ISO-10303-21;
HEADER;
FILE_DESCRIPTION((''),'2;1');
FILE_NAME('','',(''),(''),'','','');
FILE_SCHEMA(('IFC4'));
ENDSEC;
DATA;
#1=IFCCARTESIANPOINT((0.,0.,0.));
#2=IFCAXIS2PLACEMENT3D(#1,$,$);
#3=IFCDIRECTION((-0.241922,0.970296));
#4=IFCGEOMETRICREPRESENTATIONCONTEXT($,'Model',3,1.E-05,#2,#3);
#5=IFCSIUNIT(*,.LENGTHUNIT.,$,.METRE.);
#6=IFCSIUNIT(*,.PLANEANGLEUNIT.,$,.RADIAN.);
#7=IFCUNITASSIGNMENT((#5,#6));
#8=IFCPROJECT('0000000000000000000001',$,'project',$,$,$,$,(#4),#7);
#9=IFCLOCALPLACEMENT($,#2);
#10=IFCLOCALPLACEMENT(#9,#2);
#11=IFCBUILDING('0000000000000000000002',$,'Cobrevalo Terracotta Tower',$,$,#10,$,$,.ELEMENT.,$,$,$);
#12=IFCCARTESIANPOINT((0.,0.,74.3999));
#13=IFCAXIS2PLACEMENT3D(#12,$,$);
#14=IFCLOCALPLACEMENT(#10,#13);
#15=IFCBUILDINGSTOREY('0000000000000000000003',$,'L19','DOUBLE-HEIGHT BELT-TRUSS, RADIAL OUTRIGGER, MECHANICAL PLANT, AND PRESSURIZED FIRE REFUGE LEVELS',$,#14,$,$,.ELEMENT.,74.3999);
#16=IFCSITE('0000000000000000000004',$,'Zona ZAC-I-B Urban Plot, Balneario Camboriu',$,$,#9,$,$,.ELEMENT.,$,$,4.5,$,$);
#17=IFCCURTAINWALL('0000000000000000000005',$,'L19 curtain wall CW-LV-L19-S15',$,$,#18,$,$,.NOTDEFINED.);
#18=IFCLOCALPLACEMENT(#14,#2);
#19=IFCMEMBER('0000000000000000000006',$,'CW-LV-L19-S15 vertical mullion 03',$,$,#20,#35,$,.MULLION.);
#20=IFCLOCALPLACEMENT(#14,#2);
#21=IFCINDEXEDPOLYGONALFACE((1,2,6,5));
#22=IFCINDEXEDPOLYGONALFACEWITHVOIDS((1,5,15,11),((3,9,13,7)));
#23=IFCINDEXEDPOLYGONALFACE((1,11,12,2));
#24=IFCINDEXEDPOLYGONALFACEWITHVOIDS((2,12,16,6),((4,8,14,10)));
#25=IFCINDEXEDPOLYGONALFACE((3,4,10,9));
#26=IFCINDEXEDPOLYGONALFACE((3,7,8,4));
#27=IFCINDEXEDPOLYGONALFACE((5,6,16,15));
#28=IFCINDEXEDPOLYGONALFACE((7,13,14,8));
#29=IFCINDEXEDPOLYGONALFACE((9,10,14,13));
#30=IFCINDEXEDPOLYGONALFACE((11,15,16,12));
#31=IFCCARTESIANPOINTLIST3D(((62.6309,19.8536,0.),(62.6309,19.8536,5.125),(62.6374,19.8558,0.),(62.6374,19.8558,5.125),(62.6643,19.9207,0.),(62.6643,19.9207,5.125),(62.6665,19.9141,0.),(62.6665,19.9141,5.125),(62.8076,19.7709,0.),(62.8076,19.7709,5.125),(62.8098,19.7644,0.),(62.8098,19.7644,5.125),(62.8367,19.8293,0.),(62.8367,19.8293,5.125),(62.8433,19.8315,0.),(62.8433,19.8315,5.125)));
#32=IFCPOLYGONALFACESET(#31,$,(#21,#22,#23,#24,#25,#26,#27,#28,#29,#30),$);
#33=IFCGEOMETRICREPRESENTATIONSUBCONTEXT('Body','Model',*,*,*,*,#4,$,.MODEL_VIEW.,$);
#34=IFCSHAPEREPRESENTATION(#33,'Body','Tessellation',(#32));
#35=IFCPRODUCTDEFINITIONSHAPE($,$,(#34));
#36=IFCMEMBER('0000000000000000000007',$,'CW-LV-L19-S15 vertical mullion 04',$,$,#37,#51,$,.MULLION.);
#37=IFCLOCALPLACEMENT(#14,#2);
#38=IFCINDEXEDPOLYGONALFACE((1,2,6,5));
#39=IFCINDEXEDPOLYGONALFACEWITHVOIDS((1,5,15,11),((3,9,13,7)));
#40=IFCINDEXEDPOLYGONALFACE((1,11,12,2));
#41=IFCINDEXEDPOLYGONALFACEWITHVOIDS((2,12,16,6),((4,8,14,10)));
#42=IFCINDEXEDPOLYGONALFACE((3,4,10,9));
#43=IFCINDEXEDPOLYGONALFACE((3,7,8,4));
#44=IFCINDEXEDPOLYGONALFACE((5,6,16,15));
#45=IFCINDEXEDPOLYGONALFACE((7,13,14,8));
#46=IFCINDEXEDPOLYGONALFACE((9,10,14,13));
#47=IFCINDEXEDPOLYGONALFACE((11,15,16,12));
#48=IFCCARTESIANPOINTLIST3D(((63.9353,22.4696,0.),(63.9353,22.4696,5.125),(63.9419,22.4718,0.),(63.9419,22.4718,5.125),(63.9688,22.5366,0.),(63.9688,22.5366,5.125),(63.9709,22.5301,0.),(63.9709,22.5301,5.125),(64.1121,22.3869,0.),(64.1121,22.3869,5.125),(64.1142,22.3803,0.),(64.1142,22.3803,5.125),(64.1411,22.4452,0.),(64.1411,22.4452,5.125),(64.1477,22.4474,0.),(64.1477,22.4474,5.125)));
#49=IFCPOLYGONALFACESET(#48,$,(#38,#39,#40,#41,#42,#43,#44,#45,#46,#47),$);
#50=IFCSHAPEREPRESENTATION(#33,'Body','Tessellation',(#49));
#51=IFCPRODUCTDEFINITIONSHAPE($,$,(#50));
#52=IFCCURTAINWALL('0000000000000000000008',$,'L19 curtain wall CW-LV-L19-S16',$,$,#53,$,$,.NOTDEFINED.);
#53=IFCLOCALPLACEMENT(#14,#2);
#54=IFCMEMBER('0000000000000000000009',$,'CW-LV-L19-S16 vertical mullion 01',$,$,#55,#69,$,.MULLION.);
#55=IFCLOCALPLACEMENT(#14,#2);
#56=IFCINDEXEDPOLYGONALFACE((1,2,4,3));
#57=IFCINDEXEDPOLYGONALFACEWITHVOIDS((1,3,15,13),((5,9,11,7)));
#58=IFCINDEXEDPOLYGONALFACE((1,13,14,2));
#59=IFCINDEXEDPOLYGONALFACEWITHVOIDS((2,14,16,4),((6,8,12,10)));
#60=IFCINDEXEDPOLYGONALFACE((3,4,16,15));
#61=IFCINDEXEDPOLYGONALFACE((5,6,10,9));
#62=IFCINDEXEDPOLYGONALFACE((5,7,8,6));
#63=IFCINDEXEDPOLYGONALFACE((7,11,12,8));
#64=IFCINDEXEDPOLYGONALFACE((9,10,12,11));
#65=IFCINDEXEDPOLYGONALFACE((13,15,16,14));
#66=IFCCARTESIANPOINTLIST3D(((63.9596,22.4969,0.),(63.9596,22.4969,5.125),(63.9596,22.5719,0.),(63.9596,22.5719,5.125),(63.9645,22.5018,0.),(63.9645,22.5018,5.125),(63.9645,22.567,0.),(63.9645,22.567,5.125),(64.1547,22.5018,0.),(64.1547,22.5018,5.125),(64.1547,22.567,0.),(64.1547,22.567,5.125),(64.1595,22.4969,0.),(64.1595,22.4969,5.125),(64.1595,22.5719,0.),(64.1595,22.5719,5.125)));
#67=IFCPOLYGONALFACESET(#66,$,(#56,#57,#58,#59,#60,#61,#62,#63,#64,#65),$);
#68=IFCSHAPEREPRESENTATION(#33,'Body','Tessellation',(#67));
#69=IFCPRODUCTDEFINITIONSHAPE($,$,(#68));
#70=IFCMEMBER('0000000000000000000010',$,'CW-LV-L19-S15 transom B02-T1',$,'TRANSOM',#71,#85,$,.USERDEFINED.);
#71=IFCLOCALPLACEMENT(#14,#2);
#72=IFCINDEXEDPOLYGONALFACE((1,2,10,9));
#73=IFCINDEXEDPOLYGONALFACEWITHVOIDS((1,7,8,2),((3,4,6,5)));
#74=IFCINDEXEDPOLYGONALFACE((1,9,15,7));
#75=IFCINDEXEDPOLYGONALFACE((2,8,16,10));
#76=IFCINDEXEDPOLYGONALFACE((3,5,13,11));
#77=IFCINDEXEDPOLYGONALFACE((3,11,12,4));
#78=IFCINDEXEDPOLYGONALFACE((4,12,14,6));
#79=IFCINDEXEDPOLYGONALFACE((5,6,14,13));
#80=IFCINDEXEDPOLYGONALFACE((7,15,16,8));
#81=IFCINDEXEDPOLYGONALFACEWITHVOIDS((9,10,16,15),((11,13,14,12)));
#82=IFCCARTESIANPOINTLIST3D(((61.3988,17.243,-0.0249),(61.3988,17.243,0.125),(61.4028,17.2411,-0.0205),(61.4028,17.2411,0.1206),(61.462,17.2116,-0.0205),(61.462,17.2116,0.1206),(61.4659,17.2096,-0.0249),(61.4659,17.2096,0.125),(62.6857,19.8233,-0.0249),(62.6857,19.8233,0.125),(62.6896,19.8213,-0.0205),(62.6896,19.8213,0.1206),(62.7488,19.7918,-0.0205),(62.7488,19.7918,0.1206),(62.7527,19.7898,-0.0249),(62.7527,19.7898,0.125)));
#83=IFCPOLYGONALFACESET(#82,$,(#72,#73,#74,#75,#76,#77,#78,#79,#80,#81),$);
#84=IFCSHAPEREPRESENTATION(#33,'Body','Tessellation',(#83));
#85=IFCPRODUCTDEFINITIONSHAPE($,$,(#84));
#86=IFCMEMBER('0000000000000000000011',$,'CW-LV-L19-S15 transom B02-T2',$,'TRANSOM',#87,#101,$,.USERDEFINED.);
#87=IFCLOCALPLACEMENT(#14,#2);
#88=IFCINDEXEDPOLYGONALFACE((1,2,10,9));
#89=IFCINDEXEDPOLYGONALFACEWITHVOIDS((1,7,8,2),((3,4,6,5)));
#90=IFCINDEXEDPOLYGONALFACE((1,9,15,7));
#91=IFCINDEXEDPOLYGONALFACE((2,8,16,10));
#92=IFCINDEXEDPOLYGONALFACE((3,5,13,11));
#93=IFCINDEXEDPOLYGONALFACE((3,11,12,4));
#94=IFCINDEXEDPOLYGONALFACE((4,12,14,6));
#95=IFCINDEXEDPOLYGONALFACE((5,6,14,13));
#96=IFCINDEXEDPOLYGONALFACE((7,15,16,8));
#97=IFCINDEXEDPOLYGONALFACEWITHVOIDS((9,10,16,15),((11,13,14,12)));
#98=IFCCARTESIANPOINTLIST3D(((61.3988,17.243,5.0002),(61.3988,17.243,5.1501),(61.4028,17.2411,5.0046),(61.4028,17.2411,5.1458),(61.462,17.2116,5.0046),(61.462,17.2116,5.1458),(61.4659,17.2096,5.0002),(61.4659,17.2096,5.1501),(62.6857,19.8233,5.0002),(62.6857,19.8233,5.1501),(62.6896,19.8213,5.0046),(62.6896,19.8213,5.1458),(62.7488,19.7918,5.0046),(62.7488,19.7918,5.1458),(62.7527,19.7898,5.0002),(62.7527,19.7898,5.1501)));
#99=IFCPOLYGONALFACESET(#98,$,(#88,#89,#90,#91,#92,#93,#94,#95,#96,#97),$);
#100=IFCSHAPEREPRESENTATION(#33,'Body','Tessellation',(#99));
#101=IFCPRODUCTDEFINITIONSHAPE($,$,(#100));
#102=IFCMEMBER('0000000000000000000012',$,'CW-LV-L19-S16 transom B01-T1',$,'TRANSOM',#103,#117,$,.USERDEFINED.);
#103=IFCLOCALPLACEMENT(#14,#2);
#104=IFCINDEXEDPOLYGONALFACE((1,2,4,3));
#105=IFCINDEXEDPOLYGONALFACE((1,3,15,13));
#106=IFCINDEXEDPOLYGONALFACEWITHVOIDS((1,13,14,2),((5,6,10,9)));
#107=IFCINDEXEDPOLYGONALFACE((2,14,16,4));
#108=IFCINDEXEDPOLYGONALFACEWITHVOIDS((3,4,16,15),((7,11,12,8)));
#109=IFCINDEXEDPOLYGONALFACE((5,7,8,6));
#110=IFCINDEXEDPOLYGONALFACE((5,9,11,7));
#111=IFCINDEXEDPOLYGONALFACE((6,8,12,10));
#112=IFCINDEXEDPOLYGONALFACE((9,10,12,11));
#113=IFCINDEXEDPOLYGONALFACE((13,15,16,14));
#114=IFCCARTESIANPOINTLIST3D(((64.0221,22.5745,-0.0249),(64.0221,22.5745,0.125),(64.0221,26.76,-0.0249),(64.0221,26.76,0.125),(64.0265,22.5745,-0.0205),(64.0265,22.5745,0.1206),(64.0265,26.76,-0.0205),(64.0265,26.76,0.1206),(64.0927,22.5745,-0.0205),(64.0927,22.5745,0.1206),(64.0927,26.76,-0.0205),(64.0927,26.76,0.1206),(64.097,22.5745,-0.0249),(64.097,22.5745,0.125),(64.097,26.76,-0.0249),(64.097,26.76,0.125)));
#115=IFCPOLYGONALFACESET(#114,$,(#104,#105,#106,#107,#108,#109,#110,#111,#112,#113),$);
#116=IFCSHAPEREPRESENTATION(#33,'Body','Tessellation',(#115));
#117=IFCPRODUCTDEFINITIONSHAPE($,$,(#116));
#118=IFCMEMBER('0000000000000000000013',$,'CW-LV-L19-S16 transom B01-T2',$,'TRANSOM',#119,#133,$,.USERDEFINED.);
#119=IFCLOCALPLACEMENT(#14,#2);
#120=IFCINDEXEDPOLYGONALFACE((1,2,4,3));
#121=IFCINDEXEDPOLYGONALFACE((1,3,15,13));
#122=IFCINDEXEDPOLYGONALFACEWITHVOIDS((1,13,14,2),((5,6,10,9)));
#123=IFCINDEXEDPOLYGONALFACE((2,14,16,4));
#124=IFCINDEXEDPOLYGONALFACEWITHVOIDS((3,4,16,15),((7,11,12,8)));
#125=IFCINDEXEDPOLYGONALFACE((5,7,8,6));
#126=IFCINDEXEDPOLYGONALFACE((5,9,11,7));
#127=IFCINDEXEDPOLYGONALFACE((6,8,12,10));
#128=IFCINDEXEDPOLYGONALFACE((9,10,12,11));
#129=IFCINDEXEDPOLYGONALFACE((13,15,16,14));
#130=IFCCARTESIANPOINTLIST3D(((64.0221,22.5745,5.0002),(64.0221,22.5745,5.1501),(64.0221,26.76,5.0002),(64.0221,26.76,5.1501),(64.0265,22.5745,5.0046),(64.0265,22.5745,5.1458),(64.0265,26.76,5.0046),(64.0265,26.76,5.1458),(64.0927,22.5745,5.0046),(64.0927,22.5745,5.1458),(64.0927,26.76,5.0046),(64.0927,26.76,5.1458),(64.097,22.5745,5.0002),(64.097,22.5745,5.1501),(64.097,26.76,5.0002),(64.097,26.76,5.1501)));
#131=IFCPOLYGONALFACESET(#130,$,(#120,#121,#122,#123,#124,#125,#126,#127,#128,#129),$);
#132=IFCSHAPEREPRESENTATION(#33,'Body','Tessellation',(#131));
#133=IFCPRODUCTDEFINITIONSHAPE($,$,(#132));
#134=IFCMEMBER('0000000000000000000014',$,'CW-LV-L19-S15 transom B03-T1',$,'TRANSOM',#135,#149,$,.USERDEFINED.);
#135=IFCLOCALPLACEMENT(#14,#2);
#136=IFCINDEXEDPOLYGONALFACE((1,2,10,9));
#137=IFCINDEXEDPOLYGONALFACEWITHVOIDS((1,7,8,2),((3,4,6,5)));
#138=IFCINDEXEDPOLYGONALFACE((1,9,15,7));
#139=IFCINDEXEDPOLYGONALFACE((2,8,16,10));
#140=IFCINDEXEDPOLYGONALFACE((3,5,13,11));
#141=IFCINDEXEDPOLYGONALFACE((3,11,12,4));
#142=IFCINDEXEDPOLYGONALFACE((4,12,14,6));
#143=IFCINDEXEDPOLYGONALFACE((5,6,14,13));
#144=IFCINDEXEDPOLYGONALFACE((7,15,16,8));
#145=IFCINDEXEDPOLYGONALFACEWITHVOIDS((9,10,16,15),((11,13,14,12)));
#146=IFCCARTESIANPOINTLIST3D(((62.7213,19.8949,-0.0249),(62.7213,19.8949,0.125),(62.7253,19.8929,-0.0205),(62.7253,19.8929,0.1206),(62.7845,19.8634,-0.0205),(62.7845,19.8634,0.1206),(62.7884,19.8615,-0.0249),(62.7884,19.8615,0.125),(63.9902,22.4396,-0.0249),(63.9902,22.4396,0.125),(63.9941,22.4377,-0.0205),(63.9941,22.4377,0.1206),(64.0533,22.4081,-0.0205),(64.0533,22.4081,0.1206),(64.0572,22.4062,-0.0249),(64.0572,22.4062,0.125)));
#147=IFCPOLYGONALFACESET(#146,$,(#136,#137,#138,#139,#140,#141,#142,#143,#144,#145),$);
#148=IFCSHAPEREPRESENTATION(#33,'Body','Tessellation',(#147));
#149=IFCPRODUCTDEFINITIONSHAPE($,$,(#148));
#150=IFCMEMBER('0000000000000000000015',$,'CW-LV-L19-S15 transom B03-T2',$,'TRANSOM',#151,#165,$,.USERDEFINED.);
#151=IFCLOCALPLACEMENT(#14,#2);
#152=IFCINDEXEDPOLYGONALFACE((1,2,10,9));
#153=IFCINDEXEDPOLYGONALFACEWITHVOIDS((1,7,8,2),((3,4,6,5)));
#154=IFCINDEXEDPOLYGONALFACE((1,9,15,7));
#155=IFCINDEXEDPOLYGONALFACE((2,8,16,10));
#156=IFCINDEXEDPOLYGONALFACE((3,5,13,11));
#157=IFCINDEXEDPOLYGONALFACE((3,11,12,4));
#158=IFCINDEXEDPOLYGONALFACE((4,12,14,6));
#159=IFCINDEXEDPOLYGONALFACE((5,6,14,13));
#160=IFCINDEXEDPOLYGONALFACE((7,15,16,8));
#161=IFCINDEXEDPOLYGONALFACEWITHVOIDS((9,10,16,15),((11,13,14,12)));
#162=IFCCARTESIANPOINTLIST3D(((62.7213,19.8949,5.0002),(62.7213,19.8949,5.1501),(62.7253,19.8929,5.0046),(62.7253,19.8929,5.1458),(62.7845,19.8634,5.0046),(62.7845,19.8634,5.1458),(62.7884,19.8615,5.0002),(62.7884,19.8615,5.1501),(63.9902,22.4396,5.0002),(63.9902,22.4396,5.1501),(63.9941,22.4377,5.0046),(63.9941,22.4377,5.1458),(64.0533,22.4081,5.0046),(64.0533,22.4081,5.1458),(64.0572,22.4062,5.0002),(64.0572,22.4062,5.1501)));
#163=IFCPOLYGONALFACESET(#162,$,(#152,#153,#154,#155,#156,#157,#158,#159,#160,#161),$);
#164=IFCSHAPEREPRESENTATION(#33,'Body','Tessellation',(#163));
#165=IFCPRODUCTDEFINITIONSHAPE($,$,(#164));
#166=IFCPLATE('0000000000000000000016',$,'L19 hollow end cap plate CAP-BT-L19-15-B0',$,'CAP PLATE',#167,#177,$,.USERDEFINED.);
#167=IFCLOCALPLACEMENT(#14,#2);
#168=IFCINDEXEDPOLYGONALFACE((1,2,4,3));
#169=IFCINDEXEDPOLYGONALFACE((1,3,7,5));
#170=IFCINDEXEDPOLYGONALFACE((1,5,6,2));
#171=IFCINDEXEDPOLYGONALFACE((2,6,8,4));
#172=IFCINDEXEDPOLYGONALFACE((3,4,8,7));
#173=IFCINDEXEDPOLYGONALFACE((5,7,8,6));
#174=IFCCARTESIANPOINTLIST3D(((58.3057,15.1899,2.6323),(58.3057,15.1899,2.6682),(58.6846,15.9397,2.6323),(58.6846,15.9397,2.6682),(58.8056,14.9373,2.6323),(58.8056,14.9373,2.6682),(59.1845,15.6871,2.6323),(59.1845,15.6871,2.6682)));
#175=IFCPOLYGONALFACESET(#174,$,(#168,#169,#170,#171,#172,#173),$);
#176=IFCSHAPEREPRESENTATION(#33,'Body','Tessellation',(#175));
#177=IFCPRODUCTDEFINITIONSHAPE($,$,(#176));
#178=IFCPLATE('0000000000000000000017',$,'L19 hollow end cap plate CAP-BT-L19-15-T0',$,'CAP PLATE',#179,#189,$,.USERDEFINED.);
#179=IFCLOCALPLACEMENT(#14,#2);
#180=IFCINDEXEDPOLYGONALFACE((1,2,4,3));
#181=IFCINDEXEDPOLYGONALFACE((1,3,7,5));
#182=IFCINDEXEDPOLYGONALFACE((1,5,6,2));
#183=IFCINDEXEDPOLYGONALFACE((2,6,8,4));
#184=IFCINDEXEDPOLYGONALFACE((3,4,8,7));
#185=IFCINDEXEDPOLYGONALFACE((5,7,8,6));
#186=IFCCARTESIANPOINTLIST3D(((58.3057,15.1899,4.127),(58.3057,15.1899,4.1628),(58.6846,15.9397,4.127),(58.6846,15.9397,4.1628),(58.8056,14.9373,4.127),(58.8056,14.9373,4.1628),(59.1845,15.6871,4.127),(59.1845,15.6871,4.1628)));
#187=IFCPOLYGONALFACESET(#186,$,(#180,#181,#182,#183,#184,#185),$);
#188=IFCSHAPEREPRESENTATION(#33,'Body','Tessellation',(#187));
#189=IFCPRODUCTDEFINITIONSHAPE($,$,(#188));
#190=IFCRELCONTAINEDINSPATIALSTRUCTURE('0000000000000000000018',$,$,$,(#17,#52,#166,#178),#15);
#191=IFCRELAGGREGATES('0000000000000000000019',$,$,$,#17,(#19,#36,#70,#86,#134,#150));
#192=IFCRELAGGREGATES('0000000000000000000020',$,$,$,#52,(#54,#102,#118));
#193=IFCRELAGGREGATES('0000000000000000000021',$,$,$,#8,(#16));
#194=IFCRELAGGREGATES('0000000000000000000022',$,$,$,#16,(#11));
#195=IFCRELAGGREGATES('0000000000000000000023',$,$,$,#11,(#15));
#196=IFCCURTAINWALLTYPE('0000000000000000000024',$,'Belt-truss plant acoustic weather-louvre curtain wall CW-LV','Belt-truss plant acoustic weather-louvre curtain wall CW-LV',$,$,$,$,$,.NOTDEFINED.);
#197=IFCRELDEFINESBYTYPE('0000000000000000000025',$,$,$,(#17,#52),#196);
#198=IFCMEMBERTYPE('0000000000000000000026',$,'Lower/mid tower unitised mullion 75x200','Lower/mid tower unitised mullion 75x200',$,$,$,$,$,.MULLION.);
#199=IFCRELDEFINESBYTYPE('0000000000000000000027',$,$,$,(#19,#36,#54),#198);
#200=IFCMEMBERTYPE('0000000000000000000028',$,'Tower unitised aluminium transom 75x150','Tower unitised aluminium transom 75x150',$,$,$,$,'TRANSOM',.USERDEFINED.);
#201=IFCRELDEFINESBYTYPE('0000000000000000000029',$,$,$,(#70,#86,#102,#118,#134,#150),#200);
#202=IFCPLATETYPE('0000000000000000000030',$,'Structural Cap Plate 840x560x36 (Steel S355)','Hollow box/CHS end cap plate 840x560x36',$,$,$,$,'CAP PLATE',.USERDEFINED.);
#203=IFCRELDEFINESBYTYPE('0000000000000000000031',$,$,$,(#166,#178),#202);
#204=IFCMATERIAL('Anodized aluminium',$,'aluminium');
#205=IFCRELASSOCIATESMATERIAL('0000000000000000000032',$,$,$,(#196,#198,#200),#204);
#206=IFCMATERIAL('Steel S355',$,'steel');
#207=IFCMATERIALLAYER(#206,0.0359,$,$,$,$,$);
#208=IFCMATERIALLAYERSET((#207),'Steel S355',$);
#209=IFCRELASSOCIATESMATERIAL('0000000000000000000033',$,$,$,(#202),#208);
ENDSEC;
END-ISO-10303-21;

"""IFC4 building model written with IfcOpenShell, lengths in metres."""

from ifc_helpers import new_model, si_unit, direction, frame, origin, origin_2d, place, context, subcontext, project, spatial, rectangle, hollow_rectangle, extrude, source, transform, mapped, material, layer, layer_set, material_profile, profile_set, type_object, element, aggregate, save


model = new_model("IFC4")

# Units and contexts
model_context = context("Model", 3, precision=1e-05, world=origin(), true_north=direction((-0.241922, 0.970296)))
body_context = subcontext(model_context, "Body", "Model", "MODEL_VIEW")
ifc_project = project(units=[si_unit("LENGTHUNIT", "METRE"), si_unit("PLANEANGLEUNIT", "RADIAN")], contexts=[model_context])

# Site, building, storey
site_placement = place(None, origin())
site = spatial("IfcSite", under=ifc_project, at=site_placement, Name="Zona ZAC-I-B Urban Plot, Balneario Camboriu", CompositionType="ELEMENT", RefElevation=4.5)
building_placement = place(site_placement, origin())
building = spatial("IfcBuilding", under=site, at=building_placement, Name="Cobrevalo Terracotta Tower", CompositionType="ELEMENT")
storey_placement = place(building_placement, frame((0.0, 0.0, 74.3999)))
storey = spatial("IfcBuildingStorey", under=building, at=storey_placement, Name="L19", Description="DOUBLE-HEIGHT BELT-TRUSS, RADIAL OUTRIGGER, MECHANICAL PLANT, AND PRESSURIZED FIRE REFUGE LEVELS", CompositionType="ELEMENT", Elevation=74.3999)

# Shared definitions
ifc_material_1 = material(Name="Steel S355", Category="steel")

# Curtain wall, members
ifc_material_2 = material(Name="Anodized aluminium", Category="aluminium")
curtain_wall_type = type_object("IfcCurtainWallType", Name="Belt-truss plant acoustic weather-louvre curtain wall CW-LV", Description="Belt-truss plant acoustic weather-louvre curtain wall CW-LV", PredefinedType="NOTDEFINED", material=ifc_material_2)
curtain_wall_1_placement = place(storey_placement, origin())
curtain_wall_1 = element("IfcCurtainWall", 1, at=curtain_wall_1_placement, inside=storey, type_object=curtain_wall_type, Name="L19 curtain wall CW-LV-L19-S15", PredefinedType="NOTDEFINED")
ifc_material_profile_1 = material_profile(ifc_material_2, hollow_rectangle(XDim=0.075, YDim=0.2, WallThickness=0.0049, at=origin_2d()), Name="CWM 75x200")
ifc_profile_set_1 = profile_set([ifc_material_profile_1], Name="Anodized aluminium")
member_type_1 = type_object("IfcMemberType", Name="Lower/mid tower unitised mullion 75x200", Description="Lower/mid tower unitised mullion 75x200", PredefinedType="MULLION", material=ifc_profile_set_1)
shared_shape_1 = source(origin(), body_context, "Body", "SweptSolid", [
    extrude(hollow_rectangle(XDim=0.075, YDim=0.2, WallThickness=0.0049, at=origin_2d()), origin(), (0.0, 0.0, 1.0), 5.125),
])
member_1_placement = place(storey_placement, frame((62.7371, 19.8425, 0.0), z_axis=(0.0, 0.0, 1.0), x_axis=(0.44626, 0.894903, 0.0)))
member_1 = element("IfcMember", 2, at=member_1_placement, type_object=member_type_1, Name="CW-LV-L19-S15 vertical mullion 03", PredefinedType="MULLION", context=body_context, shape_type="MappedRepresentation", body=[
    mapped(shared_shape_1, transform((0.0, 0.0, 0.0), scale=1.0)),
])
member_2_placement = place(storey_placement, frame((64.0415, 22.4585, 0.0), z_axis=(0.0, 0.0, 1.0), x_axis=(0.44626, 0.894903, 0.0)))
member_2 = element("IfcMember", 3, at=member_2_placement, type_object=member_type_1, Name="CW-LV-L19-S15 vertical mullion 04", PredefinedType="MULLION", context=body_context, shape_type="MappedRepresentation", body=[
    mapped(shared_shape_1, transform((0.0, 0.0, 0.0), scale=1.0)),
])

# Curtain wall, member
curtain_wall_2_placement = place(storey_placement, origin())
curtain_wall_2 = element("IfcCurtainWall", 4, at=curtain_wall_2_placement, inside=storey, type_object=curtain_wall_type, Name="L19 curtain wall CW-LV-L19-S16", PredefinedType="NOTDEFINED")
member_3_placement = place(storey_placement, frame((64.0596, 22.5344, 0.0), z_axis=(0.0, 0.0, 1.0), x_axis=(0.0, 1.0, 0.0)))
member_3 = element("IfcMember", 5, at=member_3_placement, type_object=member_type_1, Name="CW-LV-L19-S16 vertical mullion 01", PredefinedType="MULLION", context=body_context, shape_type="MappedRepresentation", body=[
    mapped(shared_shape_1, transform((0.0, 0.0, 0.0), scale=1.0)),
])

# Members
ifc_material_profile_2 = material_profile(ifc_material_2, hollow_rectangle(XDim=0.075, YDim=0.1499, WallThickness=0.0044, at=origin_2d()), Name="CWT 75x150")
ifc_profile_set_2 = profile_set([ifc_material_profile_2], Name="Anodized aluminium")
member_type_2 = type_object("IfcMemberType", Name="Tower unitised aluminium transom 75x150", Description="Tower unitised aluminium transom 75x150", ElementType="TRANSOM", PredefinedType="USERDEFINED", material=ifc_profile_set_2)
shared_shape_2 = source(origin(), body_context, "Body", "SweptSolid", [
    extrude(hollow_rectangle(XDim=0.075, YDim=0.1499, WallThickness=0.0044, at=origin_2d()), origin(), (0.0, 0.0, 1.0), 2.8833),
])
member_4_placement = place(storey_placement, frame((61.4324, 17.2263, 0.05), z_axis=(0.446299, 0.894884, 0.0), x_axis=(-0.894884, 0.446299, 0.0)))
member_4 = element("IfcMember", 6, at=member_4_placement, type_object=member_type_2, Name="CW-LV-L19-S15 transom B02-T1", ObjectType="TRANSOM", PredefinedType="USERDEFINED", context=body_context, shape_type="MappedRepresentation", body=[
    mapped(shared_shape_2, transform((0.0, 0.0, 0.0), scale=1.0)),
])
member_5_placement = place(storey_placement, frame((61.4324, 17.2263, 5.0752), z_axis=(0.446299, 0.894884, 0.0), x_axis=(-0.894884, 0.446299, 0.0)))
member_5 = element("IfcMember", 7, at=member_5_placement, type_object=member_type_2, Name="CW-LV-L19-S15 transom B02-T2", ObjectType="TRANSOM", PredefinedType="USERDEFINED", context=body_context, shape_type="MappedRepresentation", body=[
    mapped(shared_shape_2, transform((0.0, 0.0, 0.0), scale=1.0)),
])
shared_shape_3 = source(origin(), body_context, "Body", "SweptSolid", [
    extrude(hollow_rectangle(XDim=0.075, YDim=0.1499, WallThickness=0.0044, at=origin_2d()), origin(), (0.0, 0.0, 1.0), 4.1855),
])
member_6_placement = place(storey_placement, frame((64.0596, 22.5745, 0.05), z_axis=(0.0, 1.0, 0.0), x_axis=(-1.0, 0.0, 0.0)))
member_6 = element("IfcMember", 8, at=member_6_placement, type_object=member_type_2, Name="CW-LV-L19-S16 transom B01-T1", ObjectType="TRANSOM", PredefinedType="USERDEFINED", context=body_context, shape_type="MappedRepresentation", body=[
    mapped(shared_shape_3, transform((0.0, 0.0, 0.0), scale=1.0)),
])
member_7_placement = place(storey_placement, frame((64.0596, 22.5745, 5.0752), z_axis=(0.0, 1.0, 0.0), x_axis=(-1.0, 0.0, 0.0)))
member_7 = element("IfcMember", 9, at=member_7_placement, type_object=member_type_2, Name="CW-LV-L19-S16 transom B01-T2", ObjectType="TRANSOM", PredefinedType="USERDEFINED", context=body_context, shape_type="MappedRepresentation", body=[
    mapped(shared_shape_3, transform((0.0, 0.0, 0.0), scale=1.0)),
])
shared_shape_4 = source(origin(), body_context, "Body", "SweptSolid", [
    extrude(hollow_rectangle(XDim=0.075, YDim=0.1499, WallThickness=0.0044, at=origin_2d()), origin(), (0.0, 0.0, 1.0), 2.8435),
])
member_8_placement = place(storey_placement, frame((62.7549, 19.8782, 0.05), z_axis=(0.446217, 0.894925, 0.0), x_axis=(-0.894925, 0.446217, 0.0)))
member_8 = element("IfcMember", 10, at=member_8_placement, type_object=member_type_2, Name="CW-LV-L19-S15 transom B03-T1", ObjectType="TRANSOM", PredefinedType="USERDEFINED", context=body_context, shape_type="MappedRepresentation", body=[
    mapped(shared_shape_4, transform((0.0, 0.0, 0.0), scale=1.0)),
])
member_9_placement = place(storey_placement, frame((62.7549, 19.8782, 5.0752), z_axis=(0.446217, 0.894925, 0.0), x_axis=(-0.894925, 0.446217, 0.0)))
member_9 = element("IfcMember", 11, at=member_9_placement, type_object=member_type_2, Name="CW-LV-L19-S15 transom B03-T2", ObjectType="TRANSOM", PredefinedType="USERDEFINED", context=body_context, shape_type="MappedRepresentation", body=[
    mapped(shared_shape_4, transform((0.0, 0.0, 0.0), scale=1.0)),
])

# Plates
ifc_layer_1 = layer(ifc_material_1, 0.0359)
ifc_layer_set_1 = layer_set([ifc_layer_1], Name="Steel S355")
plate_type_1 = type_object("IfcPlateType", Name="Structural Cap Plate 840x560x36 (Steel S355)", Description="Hollow box/CHS end cap plate 840x560x36", ElementType="CAP PLATE", PredefinedType="USERDEFINED", material=ifc_layer_set_1)
shared_shape_5 = source(origin(), body_context, "Body", "SweptSolid", [
    extrude(rectangle(XDim=0.8401, YDim=0.5601, at=origin_2d()), origin(), (0.0, 0.0, 1.0), 0.0359),
])
for number, where, z_axis, x_axis, name in (
    (12, (58.7451, 15.4385, 2.6323), (0.0, 0.0, 1.0), (0.451036, 0.892506, 0.0), "L19 hollow end cap plate CAP-BT-L19-15-B0"),
    (13, (58.7451, 15.4385, 4.127), (0.0, 0.0, 1.0), (0.451036, 0.892506, 0.0), "L19 hollow end cap plate CAP-BT-L19-15-T0"),
):
    element("IfcPlate", number, at=place(storey_placement, frame(where, z_axis=z_axis, x_axis=x_axis)), inside=storey, type_object=plate_type_1, Name=name, ObjectType="CAP PLATE", PredefinedType="USERDEFINED", context=body_context, shape_type="MappedRepresentation", body=[
        mapped(shared_shape_5, transform((0.0, 0.0, 0.0), scale=1.0)),
    ])

aggregate(curtain_wall_1, [member_1, member_2, member_4, member_5, member_8, member_9])
aggregate(curtain_wall_2, [member_3, member_6, member_7])

save(model, "model.ifc")
